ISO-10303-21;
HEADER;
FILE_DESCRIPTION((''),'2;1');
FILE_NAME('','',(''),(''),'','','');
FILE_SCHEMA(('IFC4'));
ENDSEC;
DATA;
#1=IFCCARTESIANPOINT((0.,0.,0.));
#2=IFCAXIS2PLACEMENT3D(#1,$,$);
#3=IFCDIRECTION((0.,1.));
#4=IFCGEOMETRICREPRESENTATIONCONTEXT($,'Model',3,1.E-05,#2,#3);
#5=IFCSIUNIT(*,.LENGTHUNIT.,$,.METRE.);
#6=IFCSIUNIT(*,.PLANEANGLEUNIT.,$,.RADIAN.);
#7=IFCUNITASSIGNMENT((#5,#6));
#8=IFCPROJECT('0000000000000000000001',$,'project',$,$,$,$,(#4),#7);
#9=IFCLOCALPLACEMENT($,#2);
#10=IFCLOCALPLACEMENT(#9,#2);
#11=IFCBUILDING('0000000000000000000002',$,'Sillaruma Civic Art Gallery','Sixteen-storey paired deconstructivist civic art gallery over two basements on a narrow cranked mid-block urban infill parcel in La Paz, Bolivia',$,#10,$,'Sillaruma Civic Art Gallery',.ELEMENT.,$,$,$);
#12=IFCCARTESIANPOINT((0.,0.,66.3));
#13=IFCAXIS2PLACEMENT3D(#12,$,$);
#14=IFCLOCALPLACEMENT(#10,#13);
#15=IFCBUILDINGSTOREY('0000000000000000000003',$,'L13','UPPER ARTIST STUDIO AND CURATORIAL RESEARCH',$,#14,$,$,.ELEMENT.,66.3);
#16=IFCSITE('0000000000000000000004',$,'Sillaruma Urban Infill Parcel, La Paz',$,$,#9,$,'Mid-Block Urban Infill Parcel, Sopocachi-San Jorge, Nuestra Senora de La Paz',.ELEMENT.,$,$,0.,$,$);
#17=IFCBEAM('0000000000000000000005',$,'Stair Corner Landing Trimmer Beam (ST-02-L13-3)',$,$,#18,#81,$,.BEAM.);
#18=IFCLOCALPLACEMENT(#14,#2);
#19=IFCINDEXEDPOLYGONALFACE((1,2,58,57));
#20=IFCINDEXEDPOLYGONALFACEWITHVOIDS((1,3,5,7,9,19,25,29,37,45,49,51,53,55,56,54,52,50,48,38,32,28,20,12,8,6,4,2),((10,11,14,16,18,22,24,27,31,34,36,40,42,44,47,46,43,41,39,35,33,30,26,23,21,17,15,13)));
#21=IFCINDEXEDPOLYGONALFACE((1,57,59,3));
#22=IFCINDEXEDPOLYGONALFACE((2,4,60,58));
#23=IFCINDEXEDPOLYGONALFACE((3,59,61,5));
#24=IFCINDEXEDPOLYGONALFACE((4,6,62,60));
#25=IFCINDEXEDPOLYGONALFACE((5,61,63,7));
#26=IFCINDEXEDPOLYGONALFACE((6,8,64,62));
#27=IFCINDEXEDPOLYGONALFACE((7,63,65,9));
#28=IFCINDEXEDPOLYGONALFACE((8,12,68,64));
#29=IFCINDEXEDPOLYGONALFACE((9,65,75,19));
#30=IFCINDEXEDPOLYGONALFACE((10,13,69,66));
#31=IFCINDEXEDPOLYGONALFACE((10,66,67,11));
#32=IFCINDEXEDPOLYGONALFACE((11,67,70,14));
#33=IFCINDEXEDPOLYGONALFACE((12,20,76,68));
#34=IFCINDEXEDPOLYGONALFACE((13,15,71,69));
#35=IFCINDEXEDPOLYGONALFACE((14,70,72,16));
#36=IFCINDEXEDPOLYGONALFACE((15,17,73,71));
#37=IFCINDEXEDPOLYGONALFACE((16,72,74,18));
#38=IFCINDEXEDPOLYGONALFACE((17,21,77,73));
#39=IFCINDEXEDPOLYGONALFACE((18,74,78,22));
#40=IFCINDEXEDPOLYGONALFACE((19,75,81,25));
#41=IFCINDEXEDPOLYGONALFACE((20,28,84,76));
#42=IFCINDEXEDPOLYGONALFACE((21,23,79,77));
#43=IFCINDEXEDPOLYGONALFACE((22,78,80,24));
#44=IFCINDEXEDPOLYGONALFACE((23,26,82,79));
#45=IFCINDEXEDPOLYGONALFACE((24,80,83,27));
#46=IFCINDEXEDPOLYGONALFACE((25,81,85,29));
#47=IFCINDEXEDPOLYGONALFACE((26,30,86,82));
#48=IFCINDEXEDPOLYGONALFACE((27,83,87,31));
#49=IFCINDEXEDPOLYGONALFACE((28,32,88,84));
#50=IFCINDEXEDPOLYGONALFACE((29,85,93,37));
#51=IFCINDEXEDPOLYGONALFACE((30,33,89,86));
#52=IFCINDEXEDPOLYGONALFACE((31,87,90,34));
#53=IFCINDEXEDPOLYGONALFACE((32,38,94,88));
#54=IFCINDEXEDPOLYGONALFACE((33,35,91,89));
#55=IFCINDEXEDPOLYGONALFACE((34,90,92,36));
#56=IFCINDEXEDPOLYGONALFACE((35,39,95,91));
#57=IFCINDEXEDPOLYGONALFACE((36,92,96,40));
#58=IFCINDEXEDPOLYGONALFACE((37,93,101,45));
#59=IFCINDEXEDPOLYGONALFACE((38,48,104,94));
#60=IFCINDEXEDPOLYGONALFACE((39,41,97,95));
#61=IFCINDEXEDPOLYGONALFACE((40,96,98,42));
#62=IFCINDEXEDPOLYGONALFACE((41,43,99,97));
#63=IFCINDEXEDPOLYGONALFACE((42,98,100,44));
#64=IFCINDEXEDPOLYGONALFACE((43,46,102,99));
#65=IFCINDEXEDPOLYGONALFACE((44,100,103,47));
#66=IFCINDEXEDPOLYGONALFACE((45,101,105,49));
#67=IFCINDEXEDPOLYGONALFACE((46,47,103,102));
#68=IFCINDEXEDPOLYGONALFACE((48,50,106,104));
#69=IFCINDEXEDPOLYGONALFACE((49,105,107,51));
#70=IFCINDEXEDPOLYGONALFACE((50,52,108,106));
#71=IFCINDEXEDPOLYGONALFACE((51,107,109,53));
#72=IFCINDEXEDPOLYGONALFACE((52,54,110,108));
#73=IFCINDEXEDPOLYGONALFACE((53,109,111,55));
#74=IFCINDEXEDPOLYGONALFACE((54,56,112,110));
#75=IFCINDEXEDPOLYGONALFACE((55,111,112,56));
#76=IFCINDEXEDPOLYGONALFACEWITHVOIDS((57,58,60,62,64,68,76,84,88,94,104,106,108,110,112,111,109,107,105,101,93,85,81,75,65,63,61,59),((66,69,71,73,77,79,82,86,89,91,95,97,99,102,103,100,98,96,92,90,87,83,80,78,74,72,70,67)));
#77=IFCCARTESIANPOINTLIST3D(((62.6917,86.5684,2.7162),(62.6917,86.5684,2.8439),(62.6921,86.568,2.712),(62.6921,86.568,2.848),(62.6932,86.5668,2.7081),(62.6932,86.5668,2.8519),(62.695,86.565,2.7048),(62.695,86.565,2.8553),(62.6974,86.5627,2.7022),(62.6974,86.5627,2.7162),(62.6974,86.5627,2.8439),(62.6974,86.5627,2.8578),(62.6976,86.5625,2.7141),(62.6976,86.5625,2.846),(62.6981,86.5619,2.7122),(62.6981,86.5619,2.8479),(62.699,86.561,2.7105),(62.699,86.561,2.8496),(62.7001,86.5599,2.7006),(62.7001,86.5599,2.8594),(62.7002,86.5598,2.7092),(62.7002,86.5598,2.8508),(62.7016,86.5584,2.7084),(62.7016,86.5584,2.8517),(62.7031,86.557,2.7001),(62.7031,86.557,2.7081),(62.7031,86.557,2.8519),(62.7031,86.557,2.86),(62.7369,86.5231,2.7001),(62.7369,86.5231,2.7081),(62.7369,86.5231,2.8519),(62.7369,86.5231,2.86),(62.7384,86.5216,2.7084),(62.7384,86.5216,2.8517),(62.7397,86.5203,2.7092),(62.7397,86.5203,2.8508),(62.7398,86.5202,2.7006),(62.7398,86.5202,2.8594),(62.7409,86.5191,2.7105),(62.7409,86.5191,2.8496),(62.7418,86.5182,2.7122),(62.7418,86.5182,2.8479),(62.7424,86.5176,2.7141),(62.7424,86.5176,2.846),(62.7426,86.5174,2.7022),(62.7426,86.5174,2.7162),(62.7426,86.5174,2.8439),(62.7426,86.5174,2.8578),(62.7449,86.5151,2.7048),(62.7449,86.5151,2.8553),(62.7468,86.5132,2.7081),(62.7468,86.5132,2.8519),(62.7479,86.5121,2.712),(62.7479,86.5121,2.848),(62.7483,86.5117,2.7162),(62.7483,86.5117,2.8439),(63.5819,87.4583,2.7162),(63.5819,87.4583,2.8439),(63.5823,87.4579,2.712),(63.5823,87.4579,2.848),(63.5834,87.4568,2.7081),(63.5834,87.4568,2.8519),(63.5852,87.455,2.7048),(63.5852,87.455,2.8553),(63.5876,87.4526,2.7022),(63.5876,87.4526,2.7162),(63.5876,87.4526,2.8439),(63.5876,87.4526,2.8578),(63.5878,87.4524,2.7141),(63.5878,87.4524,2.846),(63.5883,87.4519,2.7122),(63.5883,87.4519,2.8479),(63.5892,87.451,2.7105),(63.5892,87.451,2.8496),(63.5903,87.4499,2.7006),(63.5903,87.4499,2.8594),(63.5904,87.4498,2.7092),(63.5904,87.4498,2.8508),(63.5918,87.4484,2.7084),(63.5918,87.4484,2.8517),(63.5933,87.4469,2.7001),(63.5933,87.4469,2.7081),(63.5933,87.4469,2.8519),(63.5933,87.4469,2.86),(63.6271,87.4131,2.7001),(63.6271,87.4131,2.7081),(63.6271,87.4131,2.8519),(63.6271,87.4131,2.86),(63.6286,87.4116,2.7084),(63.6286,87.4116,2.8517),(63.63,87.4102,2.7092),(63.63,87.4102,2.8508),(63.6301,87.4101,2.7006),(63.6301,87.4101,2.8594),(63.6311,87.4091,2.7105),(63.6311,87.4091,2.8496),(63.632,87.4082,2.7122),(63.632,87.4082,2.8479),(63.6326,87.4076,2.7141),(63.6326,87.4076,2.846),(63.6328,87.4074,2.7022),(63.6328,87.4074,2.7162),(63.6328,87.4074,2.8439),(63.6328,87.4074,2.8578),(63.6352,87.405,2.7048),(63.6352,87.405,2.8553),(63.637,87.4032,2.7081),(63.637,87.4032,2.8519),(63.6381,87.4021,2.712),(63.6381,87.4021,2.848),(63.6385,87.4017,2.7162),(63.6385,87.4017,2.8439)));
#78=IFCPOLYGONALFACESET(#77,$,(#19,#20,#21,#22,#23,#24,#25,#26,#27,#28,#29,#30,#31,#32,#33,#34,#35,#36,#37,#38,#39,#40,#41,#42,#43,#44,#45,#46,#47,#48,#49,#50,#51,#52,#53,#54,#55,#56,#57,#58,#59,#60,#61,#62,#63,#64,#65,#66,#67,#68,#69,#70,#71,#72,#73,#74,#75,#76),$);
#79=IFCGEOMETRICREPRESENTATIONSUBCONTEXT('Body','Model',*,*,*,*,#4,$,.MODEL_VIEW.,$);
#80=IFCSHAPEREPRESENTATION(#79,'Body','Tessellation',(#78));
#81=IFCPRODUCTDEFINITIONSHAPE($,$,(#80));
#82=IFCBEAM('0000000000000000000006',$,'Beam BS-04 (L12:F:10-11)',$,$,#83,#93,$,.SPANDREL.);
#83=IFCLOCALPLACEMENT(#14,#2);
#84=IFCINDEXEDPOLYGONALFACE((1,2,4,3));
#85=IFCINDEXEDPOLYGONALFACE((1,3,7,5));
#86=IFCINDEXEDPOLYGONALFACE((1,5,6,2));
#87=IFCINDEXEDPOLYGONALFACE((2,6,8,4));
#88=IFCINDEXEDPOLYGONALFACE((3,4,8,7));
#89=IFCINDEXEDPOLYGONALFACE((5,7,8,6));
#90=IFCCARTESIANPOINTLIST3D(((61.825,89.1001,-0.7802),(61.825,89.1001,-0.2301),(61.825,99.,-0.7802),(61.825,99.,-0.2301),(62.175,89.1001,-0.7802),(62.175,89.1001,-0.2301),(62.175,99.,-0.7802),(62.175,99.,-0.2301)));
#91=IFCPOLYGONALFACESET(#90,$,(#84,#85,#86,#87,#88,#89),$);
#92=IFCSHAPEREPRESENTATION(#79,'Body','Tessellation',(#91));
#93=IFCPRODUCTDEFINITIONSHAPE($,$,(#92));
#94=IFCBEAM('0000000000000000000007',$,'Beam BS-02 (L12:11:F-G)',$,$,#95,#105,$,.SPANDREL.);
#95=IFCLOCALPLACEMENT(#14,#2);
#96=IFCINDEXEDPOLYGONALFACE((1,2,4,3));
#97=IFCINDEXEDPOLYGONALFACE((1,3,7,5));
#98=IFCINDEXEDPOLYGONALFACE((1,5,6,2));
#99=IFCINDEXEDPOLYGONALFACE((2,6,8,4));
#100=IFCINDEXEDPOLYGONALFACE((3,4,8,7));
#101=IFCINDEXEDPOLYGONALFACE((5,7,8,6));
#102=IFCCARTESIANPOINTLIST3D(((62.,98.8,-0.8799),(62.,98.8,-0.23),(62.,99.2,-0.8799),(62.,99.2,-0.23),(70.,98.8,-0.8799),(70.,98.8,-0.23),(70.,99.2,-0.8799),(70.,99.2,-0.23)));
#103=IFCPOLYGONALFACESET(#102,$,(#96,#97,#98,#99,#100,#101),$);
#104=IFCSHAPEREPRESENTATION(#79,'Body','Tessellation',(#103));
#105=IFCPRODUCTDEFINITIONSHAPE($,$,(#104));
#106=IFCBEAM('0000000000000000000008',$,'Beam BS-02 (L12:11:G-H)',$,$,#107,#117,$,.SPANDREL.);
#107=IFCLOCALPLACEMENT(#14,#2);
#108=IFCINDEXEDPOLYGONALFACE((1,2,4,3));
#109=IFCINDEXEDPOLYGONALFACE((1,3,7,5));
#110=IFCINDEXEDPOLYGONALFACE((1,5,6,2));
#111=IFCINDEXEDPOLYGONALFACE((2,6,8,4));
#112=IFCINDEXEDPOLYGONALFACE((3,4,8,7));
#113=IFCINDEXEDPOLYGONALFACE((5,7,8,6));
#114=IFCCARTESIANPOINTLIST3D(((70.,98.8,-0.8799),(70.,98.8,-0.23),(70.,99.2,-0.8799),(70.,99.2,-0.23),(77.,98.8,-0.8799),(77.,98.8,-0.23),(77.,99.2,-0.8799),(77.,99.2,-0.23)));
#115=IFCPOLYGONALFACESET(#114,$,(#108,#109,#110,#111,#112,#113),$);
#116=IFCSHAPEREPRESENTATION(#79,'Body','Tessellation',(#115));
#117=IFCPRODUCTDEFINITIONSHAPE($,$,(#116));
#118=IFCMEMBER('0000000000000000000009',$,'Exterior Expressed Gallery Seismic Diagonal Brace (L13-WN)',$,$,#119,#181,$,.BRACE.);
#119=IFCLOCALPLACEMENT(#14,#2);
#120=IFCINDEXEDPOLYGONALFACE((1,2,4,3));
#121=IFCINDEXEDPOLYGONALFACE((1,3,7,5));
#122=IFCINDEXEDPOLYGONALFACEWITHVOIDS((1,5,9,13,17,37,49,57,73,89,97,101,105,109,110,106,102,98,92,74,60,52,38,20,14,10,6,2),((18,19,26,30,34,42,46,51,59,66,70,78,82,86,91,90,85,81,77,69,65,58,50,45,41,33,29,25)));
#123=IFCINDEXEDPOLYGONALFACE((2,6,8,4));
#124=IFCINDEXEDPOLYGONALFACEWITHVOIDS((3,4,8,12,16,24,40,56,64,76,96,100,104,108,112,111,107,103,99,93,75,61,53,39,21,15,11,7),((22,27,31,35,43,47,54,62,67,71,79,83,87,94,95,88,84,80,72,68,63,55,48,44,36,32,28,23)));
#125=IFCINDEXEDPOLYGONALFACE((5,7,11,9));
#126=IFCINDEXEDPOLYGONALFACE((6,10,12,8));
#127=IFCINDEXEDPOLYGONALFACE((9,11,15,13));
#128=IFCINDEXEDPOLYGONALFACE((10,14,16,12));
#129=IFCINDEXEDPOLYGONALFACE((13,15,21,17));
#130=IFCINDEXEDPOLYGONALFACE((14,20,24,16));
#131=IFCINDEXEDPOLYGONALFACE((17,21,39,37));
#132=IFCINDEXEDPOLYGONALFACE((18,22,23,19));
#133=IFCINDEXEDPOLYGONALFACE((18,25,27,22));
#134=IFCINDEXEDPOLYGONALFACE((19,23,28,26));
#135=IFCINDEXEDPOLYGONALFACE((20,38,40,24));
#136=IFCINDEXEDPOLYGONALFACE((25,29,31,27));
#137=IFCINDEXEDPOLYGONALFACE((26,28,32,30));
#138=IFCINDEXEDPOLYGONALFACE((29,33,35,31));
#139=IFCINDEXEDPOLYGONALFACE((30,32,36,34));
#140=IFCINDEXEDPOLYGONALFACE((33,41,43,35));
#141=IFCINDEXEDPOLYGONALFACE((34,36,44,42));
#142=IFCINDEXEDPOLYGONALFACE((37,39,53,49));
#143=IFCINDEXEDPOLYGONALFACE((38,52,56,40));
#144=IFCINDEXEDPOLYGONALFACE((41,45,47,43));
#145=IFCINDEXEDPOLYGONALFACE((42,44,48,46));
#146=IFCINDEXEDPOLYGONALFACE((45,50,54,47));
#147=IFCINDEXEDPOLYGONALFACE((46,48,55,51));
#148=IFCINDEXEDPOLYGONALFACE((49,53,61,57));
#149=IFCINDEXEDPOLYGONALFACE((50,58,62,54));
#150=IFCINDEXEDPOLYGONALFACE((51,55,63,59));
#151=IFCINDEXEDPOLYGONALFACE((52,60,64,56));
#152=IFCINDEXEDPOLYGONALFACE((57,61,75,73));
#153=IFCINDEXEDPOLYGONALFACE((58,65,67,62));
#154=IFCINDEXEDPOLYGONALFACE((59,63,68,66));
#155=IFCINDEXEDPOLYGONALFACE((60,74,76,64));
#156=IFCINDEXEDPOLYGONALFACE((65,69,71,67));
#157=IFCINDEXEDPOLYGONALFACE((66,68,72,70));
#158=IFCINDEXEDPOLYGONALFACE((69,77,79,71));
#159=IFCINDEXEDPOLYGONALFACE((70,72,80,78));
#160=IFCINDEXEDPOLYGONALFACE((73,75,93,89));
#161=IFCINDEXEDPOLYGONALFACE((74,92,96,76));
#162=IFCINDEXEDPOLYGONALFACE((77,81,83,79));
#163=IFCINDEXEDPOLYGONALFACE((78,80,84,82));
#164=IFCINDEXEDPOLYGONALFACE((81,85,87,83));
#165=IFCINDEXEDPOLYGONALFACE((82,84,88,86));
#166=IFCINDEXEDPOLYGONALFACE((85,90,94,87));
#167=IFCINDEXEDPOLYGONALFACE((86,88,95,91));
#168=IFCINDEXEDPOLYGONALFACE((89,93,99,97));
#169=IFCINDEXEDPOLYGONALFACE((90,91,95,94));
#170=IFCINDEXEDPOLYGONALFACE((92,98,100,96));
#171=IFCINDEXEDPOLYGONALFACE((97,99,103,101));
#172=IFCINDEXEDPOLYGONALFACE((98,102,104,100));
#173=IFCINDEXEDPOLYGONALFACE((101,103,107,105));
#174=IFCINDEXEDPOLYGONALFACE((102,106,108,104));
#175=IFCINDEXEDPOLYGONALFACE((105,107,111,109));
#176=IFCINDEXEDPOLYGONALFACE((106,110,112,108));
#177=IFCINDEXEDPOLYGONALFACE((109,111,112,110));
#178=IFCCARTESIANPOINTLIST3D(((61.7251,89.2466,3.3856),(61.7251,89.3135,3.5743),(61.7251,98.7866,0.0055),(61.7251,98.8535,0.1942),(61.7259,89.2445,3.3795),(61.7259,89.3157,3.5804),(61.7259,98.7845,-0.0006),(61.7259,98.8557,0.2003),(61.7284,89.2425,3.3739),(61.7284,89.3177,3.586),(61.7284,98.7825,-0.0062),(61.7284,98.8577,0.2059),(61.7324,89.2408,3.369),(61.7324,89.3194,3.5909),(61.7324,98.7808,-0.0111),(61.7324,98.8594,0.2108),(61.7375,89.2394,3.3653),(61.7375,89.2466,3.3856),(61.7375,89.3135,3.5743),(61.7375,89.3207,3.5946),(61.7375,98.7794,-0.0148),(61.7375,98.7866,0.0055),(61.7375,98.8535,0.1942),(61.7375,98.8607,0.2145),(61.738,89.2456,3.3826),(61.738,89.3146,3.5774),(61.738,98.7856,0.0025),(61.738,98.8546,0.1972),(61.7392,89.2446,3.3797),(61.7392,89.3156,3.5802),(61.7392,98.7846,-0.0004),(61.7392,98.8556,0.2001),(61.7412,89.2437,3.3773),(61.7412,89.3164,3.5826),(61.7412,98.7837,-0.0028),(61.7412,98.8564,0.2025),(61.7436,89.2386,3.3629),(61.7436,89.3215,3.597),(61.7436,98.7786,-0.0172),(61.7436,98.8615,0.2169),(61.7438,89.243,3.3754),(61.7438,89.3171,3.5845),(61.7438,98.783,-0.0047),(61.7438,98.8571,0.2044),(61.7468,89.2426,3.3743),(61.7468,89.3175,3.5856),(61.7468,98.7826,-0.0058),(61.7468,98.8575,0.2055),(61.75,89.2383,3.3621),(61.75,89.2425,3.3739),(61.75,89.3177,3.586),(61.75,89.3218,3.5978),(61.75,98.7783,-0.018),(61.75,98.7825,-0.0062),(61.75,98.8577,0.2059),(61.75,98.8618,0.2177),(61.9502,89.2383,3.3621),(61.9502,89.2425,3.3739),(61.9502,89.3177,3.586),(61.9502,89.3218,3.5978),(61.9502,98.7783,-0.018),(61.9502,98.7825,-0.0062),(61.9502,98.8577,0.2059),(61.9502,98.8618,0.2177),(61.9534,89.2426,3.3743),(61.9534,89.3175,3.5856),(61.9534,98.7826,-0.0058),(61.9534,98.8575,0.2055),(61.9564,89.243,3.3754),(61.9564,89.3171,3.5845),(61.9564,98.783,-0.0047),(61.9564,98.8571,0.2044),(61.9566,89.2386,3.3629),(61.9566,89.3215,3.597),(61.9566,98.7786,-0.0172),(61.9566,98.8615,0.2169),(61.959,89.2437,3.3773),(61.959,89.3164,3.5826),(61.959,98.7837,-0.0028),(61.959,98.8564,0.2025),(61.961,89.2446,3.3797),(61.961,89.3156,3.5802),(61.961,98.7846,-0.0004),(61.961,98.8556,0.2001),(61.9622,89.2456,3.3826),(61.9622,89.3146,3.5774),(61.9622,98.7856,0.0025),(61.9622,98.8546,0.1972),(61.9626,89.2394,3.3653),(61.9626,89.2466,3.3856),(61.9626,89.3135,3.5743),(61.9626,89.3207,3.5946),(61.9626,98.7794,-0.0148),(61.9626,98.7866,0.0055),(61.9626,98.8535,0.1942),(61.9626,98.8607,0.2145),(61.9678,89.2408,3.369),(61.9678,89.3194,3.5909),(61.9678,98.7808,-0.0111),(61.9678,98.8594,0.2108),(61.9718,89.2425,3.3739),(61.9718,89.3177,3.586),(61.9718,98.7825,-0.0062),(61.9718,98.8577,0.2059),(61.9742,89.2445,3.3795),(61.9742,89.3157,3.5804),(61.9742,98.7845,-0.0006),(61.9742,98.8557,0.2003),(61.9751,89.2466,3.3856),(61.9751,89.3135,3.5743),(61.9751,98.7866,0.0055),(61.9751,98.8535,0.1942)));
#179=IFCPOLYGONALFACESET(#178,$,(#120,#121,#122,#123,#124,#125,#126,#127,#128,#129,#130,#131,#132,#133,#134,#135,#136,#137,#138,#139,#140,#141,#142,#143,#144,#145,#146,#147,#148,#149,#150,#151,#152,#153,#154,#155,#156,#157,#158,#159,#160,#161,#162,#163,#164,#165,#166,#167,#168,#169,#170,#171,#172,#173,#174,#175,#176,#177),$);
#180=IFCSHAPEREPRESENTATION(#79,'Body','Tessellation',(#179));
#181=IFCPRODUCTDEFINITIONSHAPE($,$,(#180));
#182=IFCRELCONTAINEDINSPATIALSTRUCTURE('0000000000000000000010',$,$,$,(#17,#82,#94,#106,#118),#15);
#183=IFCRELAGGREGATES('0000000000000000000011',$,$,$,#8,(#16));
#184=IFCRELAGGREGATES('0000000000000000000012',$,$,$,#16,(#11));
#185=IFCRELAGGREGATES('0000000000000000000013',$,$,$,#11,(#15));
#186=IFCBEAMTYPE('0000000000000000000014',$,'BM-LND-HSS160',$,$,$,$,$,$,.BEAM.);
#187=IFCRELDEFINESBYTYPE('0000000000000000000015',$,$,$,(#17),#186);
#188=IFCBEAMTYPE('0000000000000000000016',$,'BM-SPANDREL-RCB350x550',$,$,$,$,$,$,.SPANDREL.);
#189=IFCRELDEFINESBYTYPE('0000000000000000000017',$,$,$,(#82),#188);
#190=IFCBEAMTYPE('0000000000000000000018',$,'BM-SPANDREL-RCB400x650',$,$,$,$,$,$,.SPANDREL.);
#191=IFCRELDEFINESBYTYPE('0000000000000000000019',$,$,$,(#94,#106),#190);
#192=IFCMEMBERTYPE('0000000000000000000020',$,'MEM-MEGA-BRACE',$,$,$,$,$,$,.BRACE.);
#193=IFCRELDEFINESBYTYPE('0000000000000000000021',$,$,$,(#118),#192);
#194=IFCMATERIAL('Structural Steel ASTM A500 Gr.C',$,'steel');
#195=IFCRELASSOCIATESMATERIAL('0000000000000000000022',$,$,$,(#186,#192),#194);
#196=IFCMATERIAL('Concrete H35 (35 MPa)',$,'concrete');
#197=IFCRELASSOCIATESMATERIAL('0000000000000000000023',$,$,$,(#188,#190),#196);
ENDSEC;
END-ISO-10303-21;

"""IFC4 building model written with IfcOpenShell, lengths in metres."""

from ifc_helpers import new_model, si_unit, direction, frame, origin, origin_2d, place, context, subcontext, project, spatial, rectangle, hollow_rectangle, extrude, material, material_profile, profile_set, type_object, element, save


model = new_model("IFC4")

# Units and contexts
model_context = context("Model", 3, precision=1e-05, world=origin(), true_north=direction((0.0, 1.0)))
body_context = subcontext(model_context, "Body", "Model", "MODEL_VIEW")
ifc_project = project(units=[si_unit("LENGTHUNIT", "METRE"), si_unit("PLANEANGLEUNIT", "RADIAN")], contexts=[model_context])

# Site, building, storey
site_placement = place(None, origin())
site = spatial("IfcSite", under=ifc_project, at=site_placement, Name="Sillaruma Urban Infill Parcel, La Paz", LongName="Mid-Block Urban Infill Parcel, Sopocachi-San Jorge, Nuestra Senora de La Paz", CompositionType="ELEMENT", RefElevation=0.0)
building_placement = place(site_placement, origin())
building = spatial("IfcBuilding", under=site, at=building_placement, Name="Sillaruma Civic Art Gallery", Description="Sixteen-storey paired deconstructivist civic art gallery over two basements on a narrow cranked mid-block urban infill parcel in La Paz, Bolivia", LongName="Sillaruma Civic Art Gallery", CompositionType="ELEMENT")
storey_placement = place(building_placement, frame((0.0, 0.0, 66.3)))
storey = spatial("IfcBuildingStorey", under=building, at=storey_placement, Name="L13", Description="UPPER ARTIST STUDIO AND CURATORIAL RESEARCH", CompositionType="ELEMENT", Elevation=66.3)

# Beams
ifc_material_1 = material(Name="Concrete H35 (35 MPa)", Category="concrete")
ifc_material_2 = material(Name="Structural Steel ASTM A500 Gr.C", Category="steel")
ifc_material_profile_1 = material_profile(ifc_material_2, hollow_rectangle(XDim=0.0801, YDim=0.1599, WallThickness=0.0081, InnerFilletRadius=0.0081, OuterFilletRadius=0.0161, at=origin_2d()), Name="HSS160x80x8")
ifc_profile_set_1 = profile_set([ifc_material_profile_1], Name="Structural Steel ASTM A500 Gr.C")
beam_type_1 = type_object("IfcBeamType", Name="BM-LND-HSS160", PredefinedType="BEAM", material=ifc_profile_set_1)
for number, where, z_axis, x_axis, name in (
    (1, (62.72, 86.54, 2.78), (0.707204, 0.70701, 0.0), (-0.70701, 0.707204, 0.0), "Stair Corner Landing Trimmer Beam (ST-02-L13-3)"),
):
    element("IfcBeam", number, at=place(storey_placement, frame(where, z_axis=z_axis, x_axis=x_axis)), inside=storey, type_object=beam_type_1, Name=name, PredefinedType="BEAM", context=body_context, shape_type="SweptSolid", body=[
        extrude(hollow_rectangle(XDim=0.0801, YDim=0.1599, WallThickness=0.0081, InnerFilletRadius=0.0081, OuterFilletRadius=0.0161, at=origin_2d()), origin(), (0.0, 0.0, 1.0), 1.2588),
    ])
ifc_material_profile_2 = material_profile(ifc_material_1, rectangle(XDim=0.3501, YDim=0.55, at=origin_2d()), Name="RCB350x550")
ifc_profile_set_2 = profile_set([ifc_material_profile_2], Name="Concrete H35 (35 MPa)")
beam_type_2 = type_object("IfcBeamType", Name="BM-SPANDREL-RCB350x550", PredefinedType="SPANDREL", material=ifc_profile_set_2)
beam_1_placement = place(storey_placement, frame((62.0, 89.1001, -0.5051), z_axis=(0.0, 1.0, 0.0), x_axis=(-1.0, 0.0, 0.0)))
element("IfcBeam", 2, at=beam_1_placement, inside=storey, type_object=beam_type_2, Name="Beam BS-04 (L12:F:10-11)", PredefinedType="SPANDREL", context=body_context, shape_type="SweptSolid", body=[
    extrude(rectangle(XDim=0.3501, YDim=0.55, at=origin_2d()), origin(), (0.0, 0.0, 1.0), 9.8999),
])
ifc_material_profile_3 = material_profile(ifc_material_1, rectangle(XDim=0.3999, YDim=0.6499, at=origin_2d()), Name="RCB400x650")
ifc_profile_set_3 = profile_set([ifc_material_profile_3], Name="Concrete H35 (35 MPa)")
beam_type_3 = type_object("IfcBeamType", Name="BM-SPANDREL-RCB400x650", PredefinedType="SPANDREL", material=ifc_profile_set_3)
beam_2_placement = place(storey_placement, frame((62.0, 99.0, -0.5549), z_axis=(1.0, 0.0, 0.0), x_axis=(0.0, 1.0, 0.0)))
element("IfcBeam", 3, at=beam_2_placement, inside=storey, type_object=beam_type_3, Name="Beam BS-02 (L12:11:F-G)", PredefinedType="SPANDREL", context=body_context, shape_type="SweptSolid", body=[
    extrude(rectangle(XDim=0.3999, YDim=0.6499, at=origin_2d()), origin(), (0.0, 0.0, 1.0), 8.0),
])
beam_3_placement = place(storey_placement, frame((70.0, 99.0, -0.5549), z_axis=(1.0, 0.0, 0.0), x_axis=(0.0, 1.0, 0.0)))
element("IfcBeam", 4, at=beam_3_placement, inside=storey, type_object=beam_type_3, Name="Beam BS-02 (L12:11:G-H)", PredefinedType="SPANDREL", context=body_context, shape_type="SweptSolid", body=[
    extrude(rectangle(XDim=0.3999, YDim=0.6499, at=origin_2d()), origin(), (0.0, 0.0, 1.0), 7.0),
])

# Member
ifc_material_profile_4 = material_profile(ifc_material_2, hollow_rectangle(XDim=0.25, YDim=0.25, WallThickness=0.0125, InnerFilletRadius=0.0125, OuterFilletRadius=0.0249, at=origin_2d()), Name="HSS250x250x12.5")
ifc_profile_set_4 = profile_set([ifc_material_profile_4], Name="Structural Steel ASTM A500 Gr.C")
member_type_1 = type_object("IfcMemberType", Name="MEM-MEGA-BRACE", PredefinedType="BRACE", material=ifc_profile_set_4)
member_1_placement = place(storey_placement, frame((61.8501, 98.8201, 0.0999), z_axis=(0.0, -0.942585, 0.333967), x_axis=(1.0, 0.0, 0.0)))
element("IfcMember", 5, at=member_1_placement, inside=storey, type_object=member_type_1, Name="Exterior Expressed Gallery Seismic Diagonal Brace (L13-WN)", PredefinedType="BRACE", context=body_context, shape_type="SweptSolid", body=[
    extrude(hollow_rectangle(XDim=0.25, YDim=0.25, WallThickness=0.0125, InnerFilletRadius=0.0125, OuterFilletRadius=0.0249, at=origin_2d()), origin(), (0.0, 0.0, 1.0), 10.1211),
])

save(model, "model.ifc")
